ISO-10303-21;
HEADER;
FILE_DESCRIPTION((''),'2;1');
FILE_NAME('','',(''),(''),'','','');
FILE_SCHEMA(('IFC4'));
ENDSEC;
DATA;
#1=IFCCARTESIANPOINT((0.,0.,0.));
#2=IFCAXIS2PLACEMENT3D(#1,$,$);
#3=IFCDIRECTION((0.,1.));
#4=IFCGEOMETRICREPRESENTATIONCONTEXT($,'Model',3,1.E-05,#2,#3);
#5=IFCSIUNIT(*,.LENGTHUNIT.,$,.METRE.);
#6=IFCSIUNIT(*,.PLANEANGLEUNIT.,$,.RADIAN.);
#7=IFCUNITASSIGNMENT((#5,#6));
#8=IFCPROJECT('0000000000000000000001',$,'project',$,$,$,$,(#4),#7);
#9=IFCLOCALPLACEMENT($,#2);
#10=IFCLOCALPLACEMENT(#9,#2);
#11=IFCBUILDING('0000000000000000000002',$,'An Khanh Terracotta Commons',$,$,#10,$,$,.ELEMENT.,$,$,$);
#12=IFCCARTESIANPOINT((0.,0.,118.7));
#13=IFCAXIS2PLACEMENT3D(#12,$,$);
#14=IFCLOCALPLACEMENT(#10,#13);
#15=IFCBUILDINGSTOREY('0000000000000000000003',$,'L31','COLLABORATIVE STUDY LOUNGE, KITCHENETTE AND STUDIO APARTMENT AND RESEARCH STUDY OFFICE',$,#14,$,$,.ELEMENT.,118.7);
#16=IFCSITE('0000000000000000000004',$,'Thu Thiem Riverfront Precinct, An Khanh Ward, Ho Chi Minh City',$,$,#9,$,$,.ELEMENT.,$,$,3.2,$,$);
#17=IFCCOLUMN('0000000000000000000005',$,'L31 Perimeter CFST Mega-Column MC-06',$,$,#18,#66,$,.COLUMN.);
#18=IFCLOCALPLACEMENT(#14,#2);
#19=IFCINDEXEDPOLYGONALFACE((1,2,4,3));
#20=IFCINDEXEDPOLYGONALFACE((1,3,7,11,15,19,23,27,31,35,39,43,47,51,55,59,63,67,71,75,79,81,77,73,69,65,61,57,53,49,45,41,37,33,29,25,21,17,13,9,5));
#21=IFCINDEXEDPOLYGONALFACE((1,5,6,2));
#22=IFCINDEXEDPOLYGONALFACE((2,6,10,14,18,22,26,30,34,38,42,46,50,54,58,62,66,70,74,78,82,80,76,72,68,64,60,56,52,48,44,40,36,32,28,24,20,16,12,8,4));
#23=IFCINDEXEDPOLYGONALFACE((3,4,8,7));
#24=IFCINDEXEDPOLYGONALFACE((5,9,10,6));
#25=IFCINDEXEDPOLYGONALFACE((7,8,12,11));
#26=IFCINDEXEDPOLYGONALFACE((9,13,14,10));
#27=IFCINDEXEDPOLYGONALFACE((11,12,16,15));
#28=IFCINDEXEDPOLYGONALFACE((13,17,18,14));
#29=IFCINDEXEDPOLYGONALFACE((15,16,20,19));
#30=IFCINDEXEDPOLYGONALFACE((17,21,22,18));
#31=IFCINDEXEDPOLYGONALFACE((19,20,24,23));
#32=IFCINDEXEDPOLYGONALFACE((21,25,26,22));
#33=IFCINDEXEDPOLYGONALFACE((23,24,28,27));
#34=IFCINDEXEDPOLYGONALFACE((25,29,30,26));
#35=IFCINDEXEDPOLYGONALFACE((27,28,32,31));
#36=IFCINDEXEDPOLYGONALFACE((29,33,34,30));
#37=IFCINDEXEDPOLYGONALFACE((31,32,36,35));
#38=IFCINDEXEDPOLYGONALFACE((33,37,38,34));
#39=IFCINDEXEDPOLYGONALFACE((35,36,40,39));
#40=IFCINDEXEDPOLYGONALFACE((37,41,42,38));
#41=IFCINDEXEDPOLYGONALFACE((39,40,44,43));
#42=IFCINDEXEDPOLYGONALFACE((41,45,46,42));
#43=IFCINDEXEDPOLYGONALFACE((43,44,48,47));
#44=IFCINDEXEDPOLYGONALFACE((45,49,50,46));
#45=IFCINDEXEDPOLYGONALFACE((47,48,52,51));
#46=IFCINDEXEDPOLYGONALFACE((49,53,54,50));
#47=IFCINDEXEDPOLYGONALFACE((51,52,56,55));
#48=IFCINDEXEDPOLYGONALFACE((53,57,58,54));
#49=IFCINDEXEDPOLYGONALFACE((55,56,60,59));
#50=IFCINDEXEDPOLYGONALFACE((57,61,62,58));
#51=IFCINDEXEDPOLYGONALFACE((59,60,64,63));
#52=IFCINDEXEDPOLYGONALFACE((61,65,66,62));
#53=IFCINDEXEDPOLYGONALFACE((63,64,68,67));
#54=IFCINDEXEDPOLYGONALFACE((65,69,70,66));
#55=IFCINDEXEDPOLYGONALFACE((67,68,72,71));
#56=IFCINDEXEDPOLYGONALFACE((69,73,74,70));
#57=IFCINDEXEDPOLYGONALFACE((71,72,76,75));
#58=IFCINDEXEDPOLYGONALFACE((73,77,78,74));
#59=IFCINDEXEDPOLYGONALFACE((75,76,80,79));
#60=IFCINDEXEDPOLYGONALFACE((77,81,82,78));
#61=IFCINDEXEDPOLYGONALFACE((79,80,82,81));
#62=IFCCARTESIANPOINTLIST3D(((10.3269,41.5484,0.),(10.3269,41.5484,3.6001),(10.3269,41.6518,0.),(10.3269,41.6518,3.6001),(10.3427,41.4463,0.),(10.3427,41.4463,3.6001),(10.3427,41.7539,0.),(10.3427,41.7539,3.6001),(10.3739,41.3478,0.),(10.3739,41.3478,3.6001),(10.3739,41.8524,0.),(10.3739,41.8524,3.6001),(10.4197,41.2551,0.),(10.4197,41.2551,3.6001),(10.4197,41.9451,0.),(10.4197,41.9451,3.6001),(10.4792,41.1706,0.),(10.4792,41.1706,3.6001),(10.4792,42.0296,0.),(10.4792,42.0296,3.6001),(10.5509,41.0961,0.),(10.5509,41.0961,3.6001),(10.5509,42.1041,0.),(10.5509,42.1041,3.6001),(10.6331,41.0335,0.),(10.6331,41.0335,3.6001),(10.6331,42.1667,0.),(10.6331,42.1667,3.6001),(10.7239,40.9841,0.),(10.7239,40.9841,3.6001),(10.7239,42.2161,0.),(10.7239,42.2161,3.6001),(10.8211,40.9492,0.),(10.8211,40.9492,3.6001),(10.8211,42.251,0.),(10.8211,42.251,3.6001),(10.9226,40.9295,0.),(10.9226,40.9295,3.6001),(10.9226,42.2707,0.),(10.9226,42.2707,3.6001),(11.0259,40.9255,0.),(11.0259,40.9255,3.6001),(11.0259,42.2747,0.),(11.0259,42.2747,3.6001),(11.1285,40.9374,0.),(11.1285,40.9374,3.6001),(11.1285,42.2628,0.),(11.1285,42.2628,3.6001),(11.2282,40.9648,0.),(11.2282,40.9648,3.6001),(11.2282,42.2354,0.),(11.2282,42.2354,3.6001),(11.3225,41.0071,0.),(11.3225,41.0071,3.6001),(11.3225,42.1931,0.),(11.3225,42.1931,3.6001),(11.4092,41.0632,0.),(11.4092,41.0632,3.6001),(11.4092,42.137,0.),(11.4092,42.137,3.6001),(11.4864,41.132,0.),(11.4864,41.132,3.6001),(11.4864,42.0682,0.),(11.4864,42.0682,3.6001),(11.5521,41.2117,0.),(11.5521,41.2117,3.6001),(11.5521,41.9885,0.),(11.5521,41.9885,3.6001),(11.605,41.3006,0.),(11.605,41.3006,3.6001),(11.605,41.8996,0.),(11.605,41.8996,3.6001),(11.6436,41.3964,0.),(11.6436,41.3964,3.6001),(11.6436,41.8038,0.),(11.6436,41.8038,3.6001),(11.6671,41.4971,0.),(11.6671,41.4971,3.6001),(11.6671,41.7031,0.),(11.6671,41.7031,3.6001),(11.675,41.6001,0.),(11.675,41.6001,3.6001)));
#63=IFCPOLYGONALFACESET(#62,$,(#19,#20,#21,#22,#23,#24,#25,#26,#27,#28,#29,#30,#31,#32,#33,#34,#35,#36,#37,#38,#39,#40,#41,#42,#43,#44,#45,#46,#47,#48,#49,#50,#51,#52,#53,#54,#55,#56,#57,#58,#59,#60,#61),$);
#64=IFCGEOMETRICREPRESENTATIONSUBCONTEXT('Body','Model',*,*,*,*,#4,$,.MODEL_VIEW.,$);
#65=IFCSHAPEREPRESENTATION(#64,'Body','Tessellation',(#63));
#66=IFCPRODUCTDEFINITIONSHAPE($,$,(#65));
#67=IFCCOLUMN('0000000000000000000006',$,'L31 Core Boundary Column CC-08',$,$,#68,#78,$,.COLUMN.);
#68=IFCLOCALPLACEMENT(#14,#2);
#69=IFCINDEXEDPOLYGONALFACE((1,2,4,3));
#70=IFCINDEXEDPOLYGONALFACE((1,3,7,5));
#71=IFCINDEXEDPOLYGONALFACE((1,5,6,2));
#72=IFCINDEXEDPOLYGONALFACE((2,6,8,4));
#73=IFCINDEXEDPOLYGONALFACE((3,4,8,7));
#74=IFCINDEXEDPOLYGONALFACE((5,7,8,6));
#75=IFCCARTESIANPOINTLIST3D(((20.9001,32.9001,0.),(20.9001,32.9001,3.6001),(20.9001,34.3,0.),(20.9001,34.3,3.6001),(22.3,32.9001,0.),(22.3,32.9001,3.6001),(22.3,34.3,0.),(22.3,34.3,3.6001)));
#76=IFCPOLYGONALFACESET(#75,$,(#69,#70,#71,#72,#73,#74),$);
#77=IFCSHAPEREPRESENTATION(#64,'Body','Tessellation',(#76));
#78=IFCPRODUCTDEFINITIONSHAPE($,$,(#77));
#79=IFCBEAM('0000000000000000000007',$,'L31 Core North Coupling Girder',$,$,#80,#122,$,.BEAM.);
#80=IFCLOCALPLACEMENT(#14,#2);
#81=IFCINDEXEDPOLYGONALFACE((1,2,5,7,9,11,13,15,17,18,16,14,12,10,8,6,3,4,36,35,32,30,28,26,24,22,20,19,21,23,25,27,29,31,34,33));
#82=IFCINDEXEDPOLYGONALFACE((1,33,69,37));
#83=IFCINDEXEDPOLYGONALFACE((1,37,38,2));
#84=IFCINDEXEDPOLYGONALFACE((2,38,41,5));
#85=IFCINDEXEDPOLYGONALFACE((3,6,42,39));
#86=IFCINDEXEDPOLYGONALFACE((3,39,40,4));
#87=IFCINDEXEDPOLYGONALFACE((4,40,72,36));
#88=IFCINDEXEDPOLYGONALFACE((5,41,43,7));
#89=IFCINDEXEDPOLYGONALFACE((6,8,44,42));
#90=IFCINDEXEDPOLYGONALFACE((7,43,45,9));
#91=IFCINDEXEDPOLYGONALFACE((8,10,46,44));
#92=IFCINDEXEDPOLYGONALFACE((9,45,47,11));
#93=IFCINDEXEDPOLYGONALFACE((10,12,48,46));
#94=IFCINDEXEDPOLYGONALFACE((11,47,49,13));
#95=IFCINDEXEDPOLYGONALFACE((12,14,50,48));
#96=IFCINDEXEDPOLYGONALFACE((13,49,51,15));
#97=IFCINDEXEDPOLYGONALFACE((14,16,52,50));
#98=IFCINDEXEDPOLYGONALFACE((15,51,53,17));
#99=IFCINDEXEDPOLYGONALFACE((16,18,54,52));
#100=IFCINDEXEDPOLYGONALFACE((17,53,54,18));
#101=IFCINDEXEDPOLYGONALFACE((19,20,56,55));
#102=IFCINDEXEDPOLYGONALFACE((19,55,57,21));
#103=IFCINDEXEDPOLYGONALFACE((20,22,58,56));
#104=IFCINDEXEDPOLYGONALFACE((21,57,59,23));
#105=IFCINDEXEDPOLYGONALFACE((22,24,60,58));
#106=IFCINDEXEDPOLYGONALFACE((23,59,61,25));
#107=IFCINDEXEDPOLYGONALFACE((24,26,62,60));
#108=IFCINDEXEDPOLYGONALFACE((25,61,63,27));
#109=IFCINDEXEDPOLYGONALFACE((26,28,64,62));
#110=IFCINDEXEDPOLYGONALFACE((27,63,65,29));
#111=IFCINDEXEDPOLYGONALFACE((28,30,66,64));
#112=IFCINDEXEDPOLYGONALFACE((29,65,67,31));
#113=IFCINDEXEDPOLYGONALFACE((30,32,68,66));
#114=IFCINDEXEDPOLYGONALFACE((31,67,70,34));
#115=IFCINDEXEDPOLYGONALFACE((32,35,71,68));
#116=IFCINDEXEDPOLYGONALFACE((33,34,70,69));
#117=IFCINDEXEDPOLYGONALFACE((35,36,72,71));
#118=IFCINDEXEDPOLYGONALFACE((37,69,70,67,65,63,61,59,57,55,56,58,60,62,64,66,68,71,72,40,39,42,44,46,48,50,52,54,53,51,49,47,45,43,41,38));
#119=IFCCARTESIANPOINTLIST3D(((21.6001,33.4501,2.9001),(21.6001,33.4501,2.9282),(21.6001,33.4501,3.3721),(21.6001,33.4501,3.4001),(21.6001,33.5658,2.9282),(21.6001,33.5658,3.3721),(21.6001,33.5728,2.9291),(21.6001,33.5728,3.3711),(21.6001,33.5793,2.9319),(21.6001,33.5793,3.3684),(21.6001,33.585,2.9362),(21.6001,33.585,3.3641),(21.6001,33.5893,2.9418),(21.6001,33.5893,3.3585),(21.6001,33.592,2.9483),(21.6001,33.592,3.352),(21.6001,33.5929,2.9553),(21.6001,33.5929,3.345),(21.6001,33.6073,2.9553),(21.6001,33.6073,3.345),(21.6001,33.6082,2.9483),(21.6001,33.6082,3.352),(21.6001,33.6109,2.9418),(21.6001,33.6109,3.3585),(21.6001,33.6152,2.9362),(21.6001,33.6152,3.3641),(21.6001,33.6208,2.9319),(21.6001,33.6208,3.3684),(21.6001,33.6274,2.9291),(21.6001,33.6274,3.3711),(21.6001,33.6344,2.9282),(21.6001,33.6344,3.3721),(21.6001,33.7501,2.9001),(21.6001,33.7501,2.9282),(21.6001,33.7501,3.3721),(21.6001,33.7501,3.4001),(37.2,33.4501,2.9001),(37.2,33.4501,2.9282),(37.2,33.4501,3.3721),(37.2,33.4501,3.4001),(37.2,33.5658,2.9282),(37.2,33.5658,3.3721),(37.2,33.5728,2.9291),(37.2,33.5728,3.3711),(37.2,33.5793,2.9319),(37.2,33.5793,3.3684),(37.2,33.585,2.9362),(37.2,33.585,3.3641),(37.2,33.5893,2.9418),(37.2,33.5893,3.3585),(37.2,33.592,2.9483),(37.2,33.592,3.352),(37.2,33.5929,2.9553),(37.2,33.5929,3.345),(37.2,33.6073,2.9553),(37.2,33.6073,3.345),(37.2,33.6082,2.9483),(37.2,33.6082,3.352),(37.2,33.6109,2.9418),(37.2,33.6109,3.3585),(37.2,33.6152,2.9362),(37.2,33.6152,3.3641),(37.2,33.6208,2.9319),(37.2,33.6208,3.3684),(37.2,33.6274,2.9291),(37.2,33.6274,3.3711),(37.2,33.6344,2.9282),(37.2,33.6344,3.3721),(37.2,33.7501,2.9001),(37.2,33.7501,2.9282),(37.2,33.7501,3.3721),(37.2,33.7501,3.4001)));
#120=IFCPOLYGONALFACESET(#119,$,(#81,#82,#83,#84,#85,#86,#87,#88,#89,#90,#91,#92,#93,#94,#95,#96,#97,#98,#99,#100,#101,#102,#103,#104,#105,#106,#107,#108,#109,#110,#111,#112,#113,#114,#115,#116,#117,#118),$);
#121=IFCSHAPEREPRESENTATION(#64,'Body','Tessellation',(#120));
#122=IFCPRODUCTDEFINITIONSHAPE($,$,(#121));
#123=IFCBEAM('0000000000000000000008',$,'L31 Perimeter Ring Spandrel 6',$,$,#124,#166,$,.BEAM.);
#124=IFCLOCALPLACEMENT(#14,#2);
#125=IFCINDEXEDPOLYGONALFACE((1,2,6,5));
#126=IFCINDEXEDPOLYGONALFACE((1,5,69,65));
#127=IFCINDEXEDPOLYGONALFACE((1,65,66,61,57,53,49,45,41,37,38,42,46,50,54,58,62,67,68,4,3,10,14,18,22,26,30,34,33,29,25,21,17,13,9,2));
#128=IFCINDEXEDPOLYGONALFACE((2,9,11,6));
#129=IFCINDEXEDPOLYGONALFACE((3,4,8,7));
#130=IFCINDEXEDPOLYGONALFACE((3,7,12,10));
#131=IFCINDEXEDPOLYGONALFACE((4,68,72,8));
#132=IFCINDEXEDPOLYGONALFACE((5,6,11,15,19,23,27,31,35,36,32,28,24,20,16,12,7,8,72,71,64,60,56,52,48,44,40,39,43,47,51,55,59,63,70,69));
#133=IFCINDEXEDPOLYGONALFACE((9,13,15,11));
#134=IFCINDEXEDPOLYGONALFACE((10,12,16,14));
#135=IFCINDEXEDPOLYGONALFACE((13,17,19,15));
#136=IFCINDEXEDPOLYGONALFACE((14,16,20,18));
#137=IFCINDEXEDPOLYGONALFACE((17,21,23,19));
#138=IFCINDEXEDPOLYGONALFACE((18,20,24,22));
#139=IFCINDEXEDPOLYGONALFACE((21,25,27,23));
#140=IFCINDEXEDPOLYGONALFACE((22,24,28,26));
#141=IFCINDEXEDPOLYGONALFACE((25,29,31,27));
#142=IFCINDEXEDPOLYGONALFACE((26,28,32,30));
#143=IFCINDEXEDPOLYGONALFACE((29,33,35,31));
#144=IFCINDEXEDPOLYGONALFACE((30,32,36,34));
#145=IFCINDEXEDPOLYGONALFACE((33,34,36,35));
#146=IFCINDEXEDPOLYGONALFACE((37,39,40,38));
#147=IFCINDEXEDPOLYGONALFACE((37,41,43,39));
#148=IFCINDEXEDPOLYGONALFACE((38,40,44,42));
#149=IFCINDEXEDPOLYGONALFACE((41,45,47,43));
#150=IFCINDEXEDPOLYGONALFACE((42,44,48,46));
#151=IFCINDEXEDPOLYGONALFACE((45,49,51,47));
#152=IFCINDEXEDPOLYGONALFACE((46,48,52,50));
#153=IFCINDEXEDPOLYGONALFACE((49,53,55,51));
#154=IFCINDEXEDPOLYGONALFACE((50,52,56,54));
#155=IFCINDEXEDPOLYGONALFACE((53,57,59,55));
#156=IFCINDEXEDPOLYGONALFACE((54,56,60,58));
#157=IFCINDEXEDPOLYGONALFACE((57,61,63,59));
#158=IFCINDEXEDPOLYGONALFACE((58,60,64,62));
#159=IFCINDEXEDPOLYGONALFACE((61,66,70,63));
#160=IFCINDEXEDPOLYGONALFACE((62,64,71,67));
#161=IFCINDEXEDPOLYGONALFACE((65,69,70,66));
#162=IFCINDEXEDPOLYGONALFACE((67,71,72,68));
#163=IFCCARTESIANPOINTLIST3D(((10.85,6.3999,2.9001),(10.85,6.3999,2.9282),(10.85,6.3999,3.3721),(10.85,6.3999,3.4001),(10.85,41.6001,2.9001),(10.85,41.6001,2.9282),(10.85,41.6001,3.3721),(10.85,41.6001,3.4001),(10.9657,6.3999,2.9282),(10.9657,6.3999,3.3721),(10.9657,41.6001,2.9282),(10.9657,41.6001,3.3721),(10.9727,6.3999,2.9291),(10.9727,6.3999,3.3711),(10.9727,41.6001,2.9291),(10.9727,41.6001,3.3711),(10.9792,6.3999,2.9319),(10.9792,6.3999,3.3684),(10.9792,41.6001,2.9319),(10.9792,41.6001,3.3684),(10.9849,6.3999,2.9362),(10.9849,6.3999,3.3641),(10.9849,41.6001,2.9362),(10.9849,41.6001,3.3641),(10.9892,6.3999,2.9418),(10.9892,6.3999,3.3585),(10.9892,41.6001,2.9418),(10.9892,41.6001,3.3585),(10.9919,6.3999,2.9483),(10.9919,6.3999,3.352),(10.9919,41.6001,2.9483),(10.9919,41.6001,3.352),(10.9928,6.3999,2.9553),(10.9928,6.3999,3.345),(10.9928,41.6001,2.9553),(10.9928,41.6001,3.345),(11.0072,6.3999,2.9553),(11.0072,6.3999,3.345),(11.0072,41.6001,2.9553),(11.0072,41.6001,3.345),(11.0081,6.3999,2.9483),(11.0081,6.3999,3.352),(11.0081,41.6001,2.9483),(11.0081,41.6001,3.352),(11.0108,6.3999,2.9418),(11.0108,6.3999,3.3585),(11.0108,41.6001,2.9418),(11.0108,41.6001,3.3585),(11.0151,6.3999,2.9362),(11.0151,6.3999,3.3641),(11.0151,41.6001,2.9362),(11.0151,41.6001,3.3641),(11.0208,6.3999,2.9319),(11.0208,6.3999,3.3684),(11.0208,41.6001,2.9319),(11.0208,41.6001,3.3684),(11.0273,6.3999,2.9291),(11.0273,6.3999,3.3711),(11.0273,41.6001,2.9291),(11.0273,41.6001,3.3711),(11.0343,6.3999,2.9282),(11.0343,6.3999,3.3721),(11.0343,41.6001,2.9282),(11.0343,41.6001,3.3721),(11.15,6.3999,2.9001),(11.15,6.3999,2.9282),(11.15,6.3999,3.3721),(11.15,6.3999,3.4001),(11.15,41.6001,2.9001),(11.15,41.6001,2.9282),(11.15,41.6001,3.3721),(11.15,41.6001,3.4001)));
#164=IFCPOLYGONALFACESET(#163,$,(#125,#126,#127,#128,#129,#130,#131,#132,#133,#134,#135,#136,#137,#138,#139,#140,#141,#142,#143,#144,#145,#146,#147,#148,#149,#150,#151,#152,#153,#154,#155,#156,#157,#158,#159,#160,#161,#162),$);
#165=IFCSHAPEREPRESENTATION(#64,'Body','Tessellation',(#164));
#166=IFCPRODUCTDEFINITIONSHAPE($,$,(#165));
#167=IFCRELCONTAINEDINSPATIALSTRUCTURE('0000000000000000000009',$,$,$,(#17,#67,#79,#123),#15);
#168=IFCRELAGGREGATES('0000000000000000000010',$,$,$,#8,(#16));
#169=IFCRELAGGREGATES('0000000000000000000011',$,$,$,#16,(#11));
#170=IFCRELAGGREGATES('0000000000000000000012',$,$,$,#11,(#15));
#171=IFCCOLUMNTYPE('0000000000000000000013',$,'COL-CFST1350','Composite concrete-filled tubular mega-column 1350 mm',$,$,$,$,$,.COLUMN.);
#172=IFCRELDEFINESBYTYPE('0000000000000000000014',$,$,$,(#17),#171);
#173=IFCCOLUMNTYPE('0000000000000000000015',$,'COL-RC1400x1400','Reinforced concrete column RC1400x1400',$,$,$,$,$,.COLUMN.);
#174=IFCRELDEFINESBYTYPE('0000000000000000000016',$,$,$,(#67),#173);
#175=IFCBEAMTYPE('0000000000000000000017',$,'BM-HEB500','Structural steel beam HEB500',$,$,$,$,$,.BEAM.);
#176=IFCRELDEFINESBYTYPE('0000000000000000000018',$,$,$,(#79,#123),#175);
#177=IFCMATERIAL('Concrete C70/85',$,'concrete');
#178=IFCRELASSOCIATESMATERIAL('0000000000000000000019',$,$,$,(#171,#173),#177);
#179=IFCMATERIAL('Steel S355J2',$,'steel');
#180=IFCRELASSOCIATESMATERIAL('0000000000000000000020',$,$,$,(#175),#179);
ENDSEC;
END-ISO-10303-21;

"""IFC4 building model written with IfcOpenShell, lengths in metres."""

from ifc_helpers import new_model, si_unit, direction, frame, origin, origin_2d, place, context, subcontext, project, spatial, rectangle, circle, i_section, extrude, material, material_profile, profile_set, type_object, element, save


model = new_model("IFC4")

# Units and contexts
model_context = context("Model", 3, precision=1e-05, world=origin(), true_north=direction((0.0, 1.0)))
body_context = subcontext(model_context, "Body", "Model", "MODEL_VIEW")
ifc_project = project(units=[si_unit("LENGTHUNIT", "METRE"), si_unit("PLANEANGLEUNIT", "RADIAN")], contexts=[model_context])

# Site, building, storey
site_placement = place(None, origin())
site = spatial("IfcSite", under=ifc_project, at=site_placement, Name="Thu Thiem Riverfront Precinct, An Khanh Ward, Ho Chi Minh City", CompositionType="ELEMENT", RefElevation=3.2)
building_placement = place(site_placement, origin())
building = spatial("IfcBuilding", under=site, at=building_placement, Name="An Khanh Terracotta Commons", CompositionType="ELEMENT")
storey_placement = place(building_placement, frame((0.0, 0.0, 118.7)))
storey = spatial("IfcBuildingStorey", under=building, at=storey_placement, Name="L31", Description="COLLABORATIVE STUDY LOUNGE, KITCHENETTE AND STUDIO APARTMENT AND RESEARCH STUDY OFFICE", CompositionType="ELEMENT", Elevation=118.7)

# Columns
ifc_material_1 = material(Name="Concrete C70/85", Category="concrete")
ifc_material_profile_1 = material_profile(ifc_material_1, circle(Radius=0.675, at=origin_2d()), Name="CFST1350")
ifc_profile_set_1 = profile_set([ifc_material_profile_1], Name="Concrete C70/85")
column_type_1 = type_object("IfcColumnType", Name="COL-CFST1350", Description="Composite concrete-filled tubular mega-column 1350 mm", PredefinedType="COLUMN", material=ifc_profile_set_1)
column_1_placement = place(storey_placement, frame((11.0, 41.6001, 0.0), z_axis=(0.0, 0.0, 1.0), x_axis=(1.0, 0.0, 0.0)))
element("IfcColumn", 1, at=column_1_placement, inside=storey, type_object=column_type_1, Name="L31 Perimeter CFST Mega-Column MC-06", PredefinedType="COLUMN", context=body_context, shape_type="SweptSolid", body=[
    extrude(circle(Radius=0.675, at=origin_2d()), origin(), (0.0, 0.0, 1.0), 3.6001),
])
ifc_material_profile_2 = material_profile(ifc_material_1, rectangle(XDim=1.3999, YDim=1.3999, at=origin_2d()), Name="RC1400x1400")
ifc_profile_set_2 = profile_set([ifc_material_profile_2], Name="Concrete C70/85")
column_type_2 = type_object("IfcColumnType", Name="COL-RC1400x1400", Description="Reinforced concrete column RC1400x1400", PredefinedType="COLUMN", material=ifc_profile_set_2)
column_2_placement = place(storey_placement, frame((21.6001, 33.6001, 0.0), z_axis=(0.0, 0.0, 1.0), x_axis=(1.0, 0.0, 0.0)))
element("IfcColumn", 2, at=column_2_placement, inside=storey, type_object=column_type_2, Name="L31 Core Boundary Column CC-08", PredefinedType="COLUMN", context=body_context, shape_type="SweptSolid", body=[
    extrude(rectangle(XDim=1.3999, YDim=1.3999, at=origin_2d()), origin(), (0.0, 0.0, 1.0), 3.6001),
])

# Beams
ifc_material_2 = material(Name="Steel S355J2", Category="steel")
ifc_material_profile_3 = material_profile(ifc_material_2, i_section(OverallWidth=0.3, OverallDepth=0.5, WebThickness=0.0144, FlangeThickness=0.0281, FilletRadius=0.0271, at=origin_2d()), Name="HEB500")
ifc_profile_set_3 = profile_set([ifc_material_profile_3], Name="Steel S355J2")
beam_type = type_object("IfcBeamType", Name="BM-HEB500", Description="Structural steel beam HEB500", PredefinedType="BEAM", material=ifc_profile_set_3)
beam_1_placement = place(storey_placement, frame((21.6001, 33.6001, 3.1501), z_axis=(1.0, 0.0, 0.0), x_axis=(0.0, 1.0, 0.0)))
element("IfcBeam", 3, at=beam_1_placement, inside=storey, type_object=beam_type, Name="L31 Core North Coupling Girder", PredefinedType="BEAM", context=body_context, shape_type="SweptSolid", body=[
    extrude(i_section(OverallWidth=0.3, OverallDepth=0.5, WebThickness=0.0144, FlangeThickness=0.0281, FilletRadius=0.0271, at=origin_2d()), origin(), (0.0, 0.0, 1.0), 15.5999),
])
beam_2_placement = place(storey_placement, frame((11.0, 41.6001, 3.1501), z_axis=(0.0, -1.0, 0.0), x_axis=(1.0, 0.0, 0.0)))
element("IfcBeam", 4, at=beam_2_placement, inside=storey, type_object=beam_type, Name="L31 Perimeter Ring Spandrel 6", PredefinedType="BEAM", context=body_context, shape_type="SweptSolid", body=[
    extrude(i_section(OverallWidth=0.3, OverallDepth=0.5, WebThickness=0.0144, FlangeThickness=0.0281, FilletRadius=0.0271, at=origin_2d()), origin(), (0.0, 0.0, 1.0), 35.2002),
])

save(model, "model.ifc")
